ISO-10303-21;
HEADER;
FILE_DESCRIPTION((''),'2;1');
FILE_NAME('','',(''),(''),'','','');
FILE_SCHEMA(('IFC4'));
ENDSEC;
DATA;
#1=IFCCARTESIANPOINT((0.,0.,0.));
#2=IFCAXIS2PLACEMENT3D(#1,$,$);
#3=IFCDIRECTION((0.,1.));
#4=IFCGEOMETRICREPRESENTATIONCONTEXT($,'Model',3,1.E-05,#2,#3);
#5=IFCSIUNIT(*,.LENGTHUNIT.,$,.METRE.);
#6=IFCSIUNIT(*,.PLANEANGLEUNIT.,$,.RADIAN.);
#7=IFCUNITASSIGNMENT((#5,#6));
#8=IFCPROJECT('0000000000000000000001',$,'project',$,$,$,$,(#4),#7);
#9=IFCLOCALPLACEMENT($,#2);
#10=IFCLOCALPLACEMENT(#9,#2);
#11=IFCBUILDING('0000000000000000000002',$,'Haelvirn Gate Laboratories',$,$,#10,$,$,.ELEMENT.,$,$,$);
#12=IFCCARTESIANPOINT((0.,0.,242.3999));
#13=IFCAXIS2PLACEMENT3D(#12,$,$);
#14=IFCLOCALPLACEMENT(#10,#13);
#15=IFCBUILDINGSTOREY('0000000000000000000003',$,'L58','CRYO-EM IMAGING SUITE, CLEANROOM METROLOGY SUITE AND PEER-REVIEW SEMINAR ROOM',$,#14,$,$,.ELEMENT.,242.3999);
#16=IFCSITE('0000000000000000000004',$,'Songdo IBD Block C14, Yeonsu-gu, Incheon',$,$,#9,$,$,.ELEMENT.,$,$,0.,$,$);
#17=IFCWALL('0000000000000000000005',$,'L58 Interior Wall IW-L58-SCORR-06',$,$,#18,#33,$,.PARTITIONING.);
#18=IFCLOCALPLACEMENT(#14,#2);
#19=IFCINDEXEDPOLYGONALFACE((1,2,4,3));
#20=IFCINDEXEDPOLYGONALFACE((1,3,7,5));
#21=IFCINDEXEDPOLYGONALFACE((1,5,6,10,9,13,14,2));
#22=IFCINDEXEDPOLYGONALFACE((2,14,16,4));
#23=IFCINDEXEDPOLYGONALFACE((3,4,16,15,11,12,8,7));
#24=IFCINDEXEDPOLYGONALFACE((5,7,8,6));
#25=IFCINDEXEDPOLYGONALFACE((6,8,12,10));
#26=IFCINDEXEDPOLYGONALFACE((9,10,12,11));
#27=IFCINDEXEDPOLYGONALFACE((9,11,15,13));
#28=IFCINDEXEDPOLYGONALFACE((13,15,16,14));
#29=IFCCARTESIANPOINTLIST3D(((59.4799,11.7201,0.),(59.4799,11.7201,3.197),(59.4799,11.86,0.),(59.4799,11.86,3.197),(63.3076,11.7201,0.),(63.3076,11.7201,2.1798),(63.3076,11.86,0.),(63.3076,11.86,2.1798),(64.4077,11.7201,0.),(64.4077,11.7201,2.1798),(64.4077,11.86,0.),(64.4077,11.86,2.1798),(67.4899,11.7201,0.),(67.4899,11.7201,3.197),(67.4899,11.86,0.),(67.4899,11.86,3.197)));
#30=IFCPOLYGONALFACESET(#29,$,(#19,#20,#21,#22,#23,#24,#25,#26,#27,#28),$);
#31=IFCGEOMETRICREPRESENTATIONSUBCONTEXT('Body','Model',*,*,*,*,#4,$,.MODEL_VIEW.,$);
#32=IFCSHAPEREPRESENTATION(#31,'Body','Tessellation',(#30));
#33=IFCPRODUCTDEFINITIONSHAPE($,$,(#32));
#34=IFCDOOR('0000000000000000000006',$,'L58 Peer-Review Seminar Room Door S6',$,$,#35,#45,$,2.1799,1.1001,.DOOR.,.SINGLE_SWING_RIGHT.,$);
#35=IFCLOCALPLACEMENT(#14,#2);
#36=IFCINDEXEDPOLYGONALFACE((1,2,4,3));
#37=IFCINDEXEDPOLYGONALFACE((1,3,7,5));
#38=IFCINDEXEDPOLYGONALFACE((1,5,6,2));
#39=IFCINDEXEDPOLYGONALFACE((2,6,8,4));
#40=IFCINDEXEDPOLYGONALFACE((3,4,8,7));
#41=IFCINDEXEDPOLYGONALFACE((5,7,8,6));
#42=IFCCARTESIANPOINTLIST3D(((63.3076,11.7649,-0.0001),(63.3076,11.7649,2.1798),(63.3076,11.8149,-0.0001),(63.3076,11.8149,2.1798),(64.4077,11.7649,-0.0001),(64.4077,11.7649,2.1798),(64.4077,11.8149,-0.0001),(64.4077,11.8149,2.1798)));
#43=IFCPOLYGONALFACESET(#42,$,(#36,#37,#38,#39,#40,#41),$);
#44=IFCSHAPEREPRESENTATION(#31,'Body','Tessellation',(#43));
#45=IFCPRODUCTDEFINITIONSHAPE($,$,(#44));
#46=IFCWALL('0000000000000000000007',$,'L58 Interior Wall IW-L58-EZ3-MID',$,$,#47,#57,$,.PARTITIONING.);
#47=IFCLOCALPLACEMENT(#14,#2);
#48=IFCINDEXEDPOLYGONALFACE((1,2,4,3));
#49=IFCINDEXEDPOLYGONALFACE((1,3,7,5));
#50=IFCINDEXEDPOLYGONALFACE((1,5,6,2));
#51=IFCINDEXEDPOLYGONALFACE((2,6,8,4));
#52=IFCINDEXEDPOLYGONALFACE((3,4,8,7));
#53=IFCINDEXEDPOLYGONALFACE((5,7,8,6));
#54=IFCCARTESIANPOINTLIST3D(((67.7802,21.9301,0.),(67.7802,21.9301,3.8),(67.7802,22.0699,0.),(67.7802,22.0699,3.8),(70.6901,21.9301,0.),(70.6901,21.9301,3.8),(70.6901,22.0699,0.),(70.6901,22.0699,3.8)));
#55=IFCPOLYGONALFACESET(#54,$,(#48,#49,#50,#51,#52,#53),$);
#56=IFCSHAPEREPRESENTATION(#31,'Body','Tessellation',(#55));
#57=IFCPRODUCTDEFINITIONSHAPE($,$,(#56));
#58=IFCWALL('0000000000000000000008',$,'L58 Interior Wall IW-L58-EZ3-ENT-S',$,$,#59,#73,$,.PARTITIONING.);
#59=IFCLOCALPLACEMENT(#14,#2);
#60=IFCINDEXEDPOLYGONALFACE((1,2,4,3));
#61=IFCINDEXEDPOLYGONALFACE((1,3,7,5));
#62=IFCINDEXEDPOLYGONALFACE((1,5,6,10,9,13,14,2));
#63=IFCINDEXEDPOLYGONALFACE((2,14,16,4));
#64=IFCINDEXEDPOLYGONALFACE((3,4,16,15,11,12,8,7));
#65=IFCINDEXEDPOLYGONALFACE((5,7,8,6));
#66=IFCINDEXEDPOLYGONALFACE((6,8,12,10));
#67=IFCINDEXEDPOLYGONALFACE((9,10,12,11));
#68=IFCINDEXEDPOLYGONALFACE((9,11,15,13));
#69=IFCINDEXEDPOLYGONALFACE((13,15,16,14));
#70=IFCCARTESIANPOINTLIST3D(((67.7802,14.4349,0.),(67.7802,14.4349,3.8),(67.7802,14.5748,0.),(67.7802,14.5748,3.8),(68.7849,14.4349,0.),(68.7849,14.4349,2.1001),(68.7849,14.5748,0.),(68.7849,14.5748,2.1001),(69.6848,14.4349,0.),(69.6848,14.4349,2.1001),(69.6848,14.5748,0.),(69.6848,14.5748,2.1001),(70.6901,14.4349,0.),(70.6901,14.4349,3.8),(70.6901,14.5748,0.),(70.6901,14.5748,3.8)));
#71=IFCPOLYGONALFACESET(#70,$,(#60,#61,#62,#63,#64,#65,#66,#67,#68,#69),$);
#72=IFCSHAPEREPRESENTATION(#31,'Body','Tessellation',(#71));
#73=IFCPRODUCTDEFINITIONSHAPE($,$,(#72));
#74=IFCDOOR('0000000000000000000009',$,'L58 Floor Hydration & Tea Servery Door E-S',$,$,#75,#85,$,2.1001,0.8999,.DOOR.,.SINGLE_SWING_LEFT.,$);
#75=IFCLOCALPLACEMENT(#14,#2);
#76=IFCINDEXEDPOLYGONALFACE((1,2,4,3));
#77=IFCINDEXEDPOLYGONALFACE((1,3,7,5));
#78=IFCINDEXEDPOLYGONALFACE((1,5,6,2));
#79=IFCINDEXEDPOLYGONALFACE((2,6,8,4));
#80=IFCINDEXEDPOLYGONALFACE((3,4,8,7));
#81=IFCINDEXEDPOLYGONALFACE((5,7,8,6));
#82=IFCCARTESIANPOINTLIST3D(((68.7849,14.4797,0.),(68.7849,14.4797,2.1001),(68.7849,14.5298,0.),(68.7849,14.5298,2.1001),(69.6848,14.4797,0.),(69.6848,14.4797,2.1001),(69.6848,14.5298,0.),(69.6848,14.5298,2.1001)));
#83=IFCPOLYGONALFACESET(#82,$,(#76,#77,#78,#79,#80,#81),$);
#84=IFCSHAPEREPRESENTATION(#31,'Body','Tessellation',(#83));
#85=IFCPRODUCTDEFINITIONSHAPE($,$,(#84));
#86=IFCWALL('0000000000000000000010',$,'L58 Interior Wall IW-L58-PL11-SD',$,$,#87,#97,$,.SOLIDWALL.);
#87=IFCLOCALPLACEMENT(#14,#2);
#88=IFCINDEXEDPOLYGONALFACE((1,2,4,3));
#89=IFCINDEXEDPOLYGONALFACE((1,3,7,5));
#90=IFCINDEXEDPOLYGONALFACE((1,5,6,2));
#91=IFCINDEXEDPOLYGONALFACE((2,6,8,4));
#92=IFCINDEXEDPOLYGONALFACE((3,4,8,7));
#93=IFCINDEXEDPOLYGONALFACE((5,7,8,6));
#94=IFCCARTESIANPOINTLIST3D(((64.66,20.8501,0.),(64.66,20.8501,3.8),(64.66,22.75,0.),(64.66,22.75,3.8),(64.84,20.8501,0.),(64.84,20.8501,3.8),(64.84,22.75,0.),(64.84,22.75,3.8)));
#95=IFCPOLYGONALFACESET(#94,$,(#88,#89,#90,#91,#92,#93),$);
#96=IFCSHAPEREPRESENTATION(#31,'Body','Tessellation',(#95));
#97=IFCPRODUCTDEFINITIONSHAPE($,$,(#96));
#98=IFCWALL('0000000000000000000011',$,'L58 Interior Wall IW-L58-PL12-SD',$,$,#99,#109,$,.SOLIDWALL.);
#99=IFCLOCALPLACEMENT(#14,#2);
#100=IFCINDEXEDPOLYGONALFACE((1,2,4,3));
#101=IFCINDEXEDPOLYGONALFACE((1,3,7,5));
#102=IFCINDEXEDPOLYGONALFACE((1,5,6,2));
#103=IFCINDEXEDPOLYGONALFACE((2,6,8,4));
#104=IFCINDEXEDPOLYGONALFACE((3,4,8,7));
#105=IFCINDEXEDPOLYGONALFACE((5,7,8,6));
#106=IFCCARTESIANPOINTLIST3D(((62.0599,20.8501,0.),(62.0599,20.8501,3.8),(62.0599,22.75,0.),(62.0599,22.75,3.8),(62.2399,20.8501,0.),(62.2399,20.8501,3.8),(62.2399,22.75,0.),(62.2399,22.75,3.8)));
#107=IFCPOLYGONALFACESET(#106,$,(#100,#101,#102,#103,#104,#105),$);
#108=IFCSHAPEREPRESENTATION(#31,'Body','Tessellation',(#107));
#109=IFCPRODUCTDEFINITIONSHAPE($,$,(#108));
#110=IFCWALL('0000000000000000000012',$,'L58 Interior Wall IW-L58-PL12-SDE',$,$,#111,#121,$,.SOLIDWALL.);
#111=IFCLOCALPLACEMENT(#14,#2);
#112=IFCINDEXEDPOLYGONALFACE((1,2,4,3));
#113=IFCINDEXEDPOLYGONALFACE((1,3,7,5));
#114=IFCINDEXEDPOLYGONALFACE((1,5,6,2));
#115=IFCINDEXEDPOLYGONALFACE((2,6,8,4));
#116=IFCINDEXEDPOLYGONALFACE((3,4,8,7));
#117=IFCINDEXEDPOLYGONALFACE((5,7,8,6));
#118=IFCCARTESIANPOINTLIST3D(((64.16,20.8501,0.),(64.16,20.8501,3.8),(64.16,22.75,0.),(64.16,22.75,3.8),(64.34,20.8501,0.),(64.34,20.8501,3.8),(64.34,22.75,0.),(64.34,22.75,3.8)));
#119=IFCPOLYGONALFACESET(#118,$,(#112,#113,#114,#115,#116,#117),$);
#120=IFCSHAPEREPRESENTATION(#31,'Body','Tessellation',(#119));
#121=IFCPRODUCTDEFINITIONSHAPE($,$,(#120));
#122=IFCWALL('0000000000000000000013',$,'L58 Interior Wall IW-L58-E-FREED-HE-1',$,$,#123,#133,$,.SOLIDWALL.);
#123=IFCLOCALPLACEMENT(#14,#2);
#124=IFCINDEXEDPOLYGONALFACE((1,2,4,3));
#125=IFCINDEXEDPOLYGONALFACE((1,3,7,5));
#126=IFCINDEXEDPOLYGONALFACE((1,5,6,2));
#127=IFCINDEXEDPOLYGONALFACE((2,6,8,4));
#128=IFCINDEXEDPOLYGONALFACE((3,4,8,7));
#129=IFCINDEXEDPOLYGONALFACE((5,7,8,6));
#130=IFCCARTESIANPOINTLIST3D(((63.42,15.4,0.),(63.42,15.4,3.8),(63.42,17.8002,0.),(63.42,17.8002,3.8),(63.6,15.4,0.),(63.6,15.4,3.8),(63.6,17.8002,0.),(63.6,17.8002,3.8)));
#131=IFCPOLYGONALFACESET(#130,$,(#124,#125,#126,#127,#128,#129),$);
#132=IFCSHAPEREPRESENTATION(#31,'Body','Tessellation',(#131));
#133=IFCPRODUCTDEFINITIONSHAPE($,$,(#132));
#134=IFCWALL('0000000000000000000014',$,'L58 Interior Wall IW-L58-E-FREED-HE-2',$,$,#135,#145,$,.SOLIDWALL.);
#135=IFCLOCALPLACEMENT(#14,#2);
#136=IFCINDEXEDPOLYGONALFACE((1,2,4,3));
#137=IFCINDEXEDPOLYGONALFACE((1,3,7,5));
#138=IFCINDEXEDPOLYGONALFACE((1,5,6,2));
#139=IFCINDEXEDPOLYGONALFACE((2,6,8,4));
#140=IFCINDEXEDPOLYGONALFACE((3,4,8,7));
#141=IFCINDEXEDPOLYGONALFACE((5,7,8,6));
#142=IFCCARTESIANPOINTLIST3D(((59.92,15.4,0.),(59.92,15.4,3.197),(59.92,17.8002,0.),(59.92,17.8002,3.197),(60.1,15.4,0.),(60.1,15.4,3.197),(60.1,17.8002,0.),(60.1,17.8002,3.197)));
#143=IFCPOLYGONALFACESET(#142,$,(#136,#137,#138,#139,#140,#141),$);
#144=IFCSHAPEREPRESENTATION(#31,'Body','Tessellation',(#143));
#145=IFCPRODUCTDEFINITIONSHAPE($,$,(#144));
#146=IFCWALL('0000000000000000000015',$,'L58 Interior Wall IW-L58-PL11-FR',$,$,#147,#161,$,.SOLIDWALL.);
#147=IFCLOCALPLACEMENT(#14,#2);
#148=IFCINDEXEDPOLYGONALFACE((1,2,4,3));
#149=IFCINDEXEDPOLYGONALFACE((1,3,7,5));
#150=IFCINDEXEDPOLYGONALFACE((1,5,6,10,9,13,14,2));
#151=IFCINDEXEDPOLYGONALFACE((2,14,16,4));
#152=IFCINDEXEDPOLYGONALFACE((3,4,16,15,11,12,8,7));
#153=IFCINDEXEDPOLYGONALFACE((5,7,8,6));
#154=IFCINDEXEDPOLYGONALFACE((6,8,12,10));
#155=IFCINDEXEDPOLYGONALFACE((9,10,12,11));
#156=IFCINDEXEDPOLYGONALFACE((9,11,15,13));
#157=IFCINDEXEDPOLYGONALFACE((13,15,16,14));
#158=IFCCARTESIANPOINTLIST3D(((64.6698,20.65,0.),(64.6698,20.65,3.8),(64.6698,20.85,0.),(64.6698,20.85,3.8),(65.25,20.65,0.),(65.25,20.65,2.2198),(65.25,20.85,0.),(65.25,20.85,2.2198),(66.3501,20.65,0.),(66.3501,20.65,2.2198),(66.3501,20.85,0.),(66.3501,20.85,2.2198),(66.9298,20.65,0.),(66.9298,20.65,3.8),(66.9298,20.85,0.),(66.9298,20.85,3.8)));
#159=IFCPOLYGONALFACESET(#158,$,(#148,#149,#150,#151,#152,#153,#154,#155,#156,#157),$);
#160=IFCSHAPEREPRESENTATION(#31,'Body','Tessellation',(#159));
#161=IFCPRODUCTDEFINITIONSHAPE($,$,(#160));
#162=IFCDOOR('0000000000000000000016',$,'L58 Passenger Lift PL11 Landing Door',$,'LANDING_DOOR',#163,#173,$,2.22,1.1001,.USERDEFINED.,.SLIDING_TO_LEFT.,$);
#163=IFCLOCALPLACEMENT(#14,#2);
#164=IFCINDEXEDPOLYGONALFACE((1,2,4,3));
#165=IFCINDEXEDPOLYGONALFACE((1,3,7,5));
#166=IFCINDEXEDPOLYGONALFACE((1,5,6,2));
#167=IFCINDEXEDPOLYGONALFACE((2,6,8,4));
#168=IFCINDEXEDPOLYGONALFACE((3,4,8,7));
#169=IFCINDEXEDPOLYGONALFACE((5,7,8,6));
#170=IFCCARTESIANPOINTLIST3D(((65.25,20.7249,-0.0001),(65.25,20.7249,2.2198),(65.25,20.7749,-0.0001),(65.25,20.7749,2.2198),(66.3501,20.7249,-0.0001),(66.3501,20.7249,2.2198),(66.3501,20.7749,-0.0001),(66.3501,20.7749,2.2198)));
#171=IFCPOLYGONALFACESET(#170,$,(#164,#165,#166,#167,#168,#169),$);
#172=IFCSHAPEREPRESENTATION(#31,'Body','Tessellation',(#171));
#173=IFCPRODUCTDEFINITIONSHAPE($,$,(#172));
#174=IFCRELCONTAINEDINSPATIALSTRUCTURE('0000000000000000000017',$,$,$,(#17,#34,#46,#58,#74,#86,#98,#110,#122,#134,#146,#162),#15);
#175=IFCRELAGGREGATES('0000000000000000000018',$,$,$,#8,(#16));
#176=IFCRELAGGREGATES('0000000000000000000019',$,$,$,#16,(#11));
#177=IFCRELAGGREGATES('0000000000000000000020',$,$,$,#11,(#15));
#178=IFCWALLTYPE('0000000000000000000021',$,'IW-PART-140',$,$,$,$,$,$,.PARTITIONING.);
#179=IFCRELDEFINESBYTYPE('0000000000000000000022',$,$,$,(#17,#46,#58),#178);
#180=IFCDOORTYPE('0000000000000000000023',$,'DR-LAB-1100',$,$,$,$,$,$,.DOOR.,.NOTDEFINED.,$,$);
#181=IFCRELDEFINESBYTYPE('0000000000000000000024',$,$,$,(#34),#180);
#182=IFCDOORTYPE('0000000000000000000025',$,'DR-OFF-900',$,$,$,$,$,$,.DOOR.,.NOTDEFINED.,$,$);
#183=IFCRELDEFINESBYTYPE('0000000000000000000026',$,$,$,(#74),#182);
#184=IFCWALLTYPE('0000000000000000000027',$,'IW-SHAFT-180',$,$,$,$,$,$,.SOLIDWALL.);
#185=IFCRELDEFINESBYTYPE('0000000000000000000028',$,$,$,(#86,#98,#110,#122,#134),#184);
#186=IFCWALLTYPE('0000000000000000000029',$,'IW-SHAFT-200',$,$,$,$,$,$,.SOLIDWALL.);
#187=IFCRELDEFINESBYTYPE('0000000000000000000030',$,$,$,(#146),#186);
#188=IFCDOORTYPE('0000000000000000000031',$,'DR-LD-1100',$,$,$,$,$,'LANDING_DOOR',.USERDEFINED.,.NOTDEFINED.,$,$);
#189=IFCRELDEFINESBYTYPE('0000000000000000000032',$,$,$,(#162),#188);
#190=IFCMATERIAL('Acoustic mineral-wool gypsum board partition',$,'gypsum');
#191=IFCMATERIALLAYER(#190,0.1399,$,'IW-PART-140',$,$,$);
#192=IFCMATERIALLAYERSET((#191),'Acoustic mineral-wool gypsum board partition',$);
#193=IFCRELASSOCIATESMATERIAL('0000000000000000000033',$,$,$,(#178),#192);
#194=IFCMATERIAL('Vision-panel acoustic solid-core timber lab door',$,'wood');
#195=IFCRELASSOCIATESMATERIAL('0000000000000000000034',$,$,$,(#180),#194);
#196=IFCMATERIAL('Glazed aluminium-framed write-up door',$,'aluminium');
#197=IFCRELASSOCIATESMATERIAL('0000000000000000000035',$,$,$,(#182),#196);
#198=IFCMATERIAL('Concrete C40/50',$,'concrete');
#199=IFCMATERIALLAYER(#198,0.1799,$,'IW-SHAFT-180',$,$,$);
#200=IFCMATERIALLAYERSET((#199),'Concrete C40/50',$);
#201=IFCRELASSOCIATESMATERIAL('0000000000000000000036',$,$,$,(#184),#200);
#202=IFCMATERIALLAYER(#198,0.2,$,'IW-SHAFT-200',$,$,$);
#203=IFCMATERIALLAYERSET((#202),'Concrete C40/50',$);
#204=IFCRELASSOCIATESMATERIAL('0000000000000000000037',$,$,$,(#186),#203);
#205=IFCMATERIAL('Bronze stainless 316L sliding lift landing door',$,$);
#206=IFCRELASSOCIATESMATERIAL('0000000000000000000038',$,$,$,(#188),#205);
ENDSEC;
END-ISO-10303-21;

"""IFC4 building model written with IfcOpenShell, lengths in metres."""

from ifc_helpers import new_model, si_unit, direction, frame, frame_2d, origin, place, context, subcontext, project, spatial, rectangle, extrude, source, transform, mapped, material, layer, layer_set, type_object, type_shapes, element, fill, save


model = new_model("IFC4")

# Units and contexts
model_context = context("Model", 3, precision=1e-05, world=origin(), true_north=direction((0.0, 1.0)))
body_context = subcontext(model_context, "Body", "Model", "MODEL_VIEW")
ifc_project = project(units=[si_unit("LENGTHUNIT", "METRE"), si_unit("PLANEANGLEUNIT", "RADIAN")], contexts=[model_context])

# Site, building, storey
site_placement = place(None, origin())
site = spatial("IfcSite", under=ifc_project, at=site_placement, Name="Songdo IBD Block C14, Yeonsu-gu, Incheon", CompositionType="ELEMENT", RefElevation=0.0)
building_placement = place(site_placement, origin())
building = spatial("IfcBuilding", under=site, at=building_placement, Name="Haelvirn Gate Laboratories", CompositionType="ELEMENT")
storey_placement = place(building_placement, frame((0.0, 0.0, 242.3999)))
storey = spatial("IfcBuildingStorey", under=building, at=storey_placement, Name="L58", Description="CRYO-EM IMAGING SUITE, CLEANROOM METROLOGY SUITE AND PEER-REVIEW SEMINAR ROOM", CompositionType="ELEMENT", Elevation=242.3999)

# Wall, opening, door
ifc_material_1 = material(Name="Acoustic mineral-wool gypsum board partition", Category="gypsum")
ifc_layer_1 = layer(ifc_material_1, 0.1399, Name="IW-PART-140")
ifc_layer_set_1 = layer_set([ifc_layer_1], Name="Acoustic mineral-wool gypsum board partition")
wall_type_1 = type_object("IfcWallType", Name="IW-PART-140", PredefinedType="PARTITIONING", material=ifc_layer_set_1)
wall_1_placement = place(storey_placement, frame((59.48, 11.79, 0.0), z_axis=(0.0, 0.0, 1.0), x_axis=(1.0, 0.0, 0.0)))
wall_1 = element("IfcWall", 1, at=wall_1_placement, inside=storey, type_object=wall_type_1, Name="L58 Interior Wall IW-L58-SCORR-06", PredefinedType="PARTITIONING", context=body_context, shape_type="SweptSolid", body=[
    extrude(rectangle(XDim=8.01, YDim=0.1399, at=frame_2d((4.0049, 0.0))), origin(), (0.0, 0.0, 1.0), 3.197),
])
opening_1_placement = place(wall_1_placement, frame((3.8276, 0.0, 0.0)))
opening_1 = element("IfcOpeningElement", 2, at=opening_1_placement, cuts=wall_1, PredefinedType="OPENING", context=body_context, shape_type="SweptSolid", body=[
    extrude(rectangle(XDim=1.1001, YDim=2.1799, at=frame_2d((0.55, 1.0898))), frame((0.0, 0.0801, 0.0), z_axis=(0.0, -1.0, 0.0), x_axis=(1.0, 0.0, 0.0)), (0.0, 0.0, 1.0), 0.1599),
])
ifc_material_2 = material(Name="Vision-panel acoustic solid-core timber lab door", Category="wood")
door_type_1 = type_object("IfcDoorType", Name="DR-LAB-1100", OperationType="NOTDEFINED", PredefinedType="DOOR", material=ifc_material_2)
shared_shape_1 = source(origin(), body_context, "Body", "SweptSolid", [
    extrude(rectangle(XDim=1.1001, YDim=2.1799, at=frame_2d((0.55, 1.0898))), frame((0.0, 0.0249, 0.0), z_axis=(0.0, -1.0, 0.0), x_axis=(1.0, 0.0, 0.0)), (0.0, 0.0, 1.0), 0.05),
])
type_shapes(door_type_1, [shared_shape_1])
door_1_placement = place(opening_1_placement, origin())
door_1 = element("IfcDoor", 3, at=door_1_placement, inside=storey, type_object=door_type_1, Name="L58 Peer-Review Seminar Room Door S6", OperationType="SINGLE_SWING_RIGHT", OverallHeight=2.1799, OverallWidth=1.1001, PredefinedType="DOOR", context=body_context, shape_type="MappedRepresentation", body=[
    mapped(shared_shape_1, transform((0.0, 0.0, 0.0), scale=1.0)),
])
fill(opening_1, door_1)

# Wall
wall_2_placement = place(storey_placement, frame((67.78, 22.0, 0.0), z_axis=(0.0, 0.0, 1.0), x_axis=(1.0, 0.0, 0.0)))
element("IfcWall", 4, at=wall_2_placement, inside=storey, type_object=wall_type_1, Name="L58 Interior Wall IW-L58-EZ3-MID", PredefinedType="PARTITIONING", context=body_context, shape_type="SweptSolid", body=[
    extrude(rectangle(XDim=2.9099, YDim=0.1399, at=frame_2d((1.4551, 0.0))), origin(), (0.0, 0.0, 1.0), 3.8),
])

# Wall, opening, door
wall_3_placement = place(storey_placement, frame((67.78, 14.5049, 0.0), z_axis=(0.0, 0.0, 1.0), x_axis=(1.0, 0.0, 0.0)))
wall_3 = element("IfcWall", 5, at=wall_3_placement, inside=storey, type_object=wall_type_1, Name="L58 Interior Wall IW-L58-EZ3-ENT-S", PredefinedType="PARTITIONING", context=body_context, shape_type="SweptSolid", body=[
    extrude(rectangle(XDim=2.9099, YDim=0.1399, at=frame_2d((1.4551, 0.0))), origin(), (0.0, 0.0, 1.0), 3.8),
])
opening_2_placement = place(wall_3_placement, frame((1.0049, 0.0, 0.0)))
opening_2 = element("IfcOpeningElement", 6, at=opening_2_placement, cuts=wall_3, PredefinedType="OPENING", context=body_context, shape_type="SweptSolid", body=[
    extrude(rectangle(XDim=0.8999, YDim=2.1001, at=frame_2d((0.45, 1.05))), frame((0.0, 0.0801, 0.0), z_axis=(0.0, -1.0, 0.0), x_axis=(1.0, 0.0, 0.0)), (0.0, 0.0, 1.0), 0.1599),
])
ifc_material_3 = material(Name="Glazed aluminium-framed write-up door", Category="aluminium")
door_type_2 = type_object("IfcDoorType", Name="DR-OFF-900", OperationType="NOTDEFINED", PredefinedType="DOOR", material=ifc_material_3)
shared_shape_2 = source(origin(), body_context, "Body", "SweptSolid", [
    extrude(rectangle(XDim=0.8999, YDim=2.1001, at=frame_2d((0.45, 1.05))), frame((0.0, 0.0249, 0.0), z_axis=(0.0, -1.0, 0.0), x_axis=(1.0, 0.0, 0.0)), (0.0, 0.0, 1.0), 0.05),
])
type_shapes(door_type_2, [shared_shape_2])
door_2_placement = place(opening_2_placement, origin())
door_2 = element("IfcDoor", 7, at=door_2_placement, inside=storey, type_object=door_type_2, Name="L58 Floor Hydration & Tea Servery Door E-S", OperationType="SINGLE_SWING_LEFT", OverallHeight=2.1001, OverallWidth=0.8999, PredefinedType="DOOR", context=body_context, shape_type="MappedRepresentation", body=[
    mapped(shared_shape_2, transform((0.0, 0.0, 0.0), scale=1.0)),
])
fill(opening_2, door_2)

# Walls
ifc_material_4 = material(Name="Concrete C40/50", Category="concrete")
ifc_layer_2 = layer(ifc_material_4, 0.1799, Name="IW-SHAFT-180")
ifc_layer_set_2 = layer_set([ifc_layer_2], Name="Concrete C40/50")
wall_type_2 = type_object("IfcWallType", Name="IW-SHAFT-180", PredefinedType="SOLIDWALL", material=ifc_layer_set_2)
for number, where, z_axis, x_axis, name in (
    (8, (64.75, 20.8501, 0.0), (0.0, 0.0, 1.0), (0.0, 1.0, 0.0), "L58 Interior Wall IW-L58-PL11-SD"),
    (9, (62.1499, 20.8501, 0.0), (0.0, 0.0, 1.0), (0.0, 1.0, 0.0), "L58 Interior Wall IW-L58-PL12-SD"),
    (10, (64.25, 20.8501, 0.0), (0.0, 0.0, 1.0), (0.0, 1.0, 0.0), "L58 Interior Wall IW-L58-PL12-SDE"),
):
    element("IfcWall", number, at=place(storey_placement, frame(where, z_axis=z_axis, x_axis=x_axis)), inside=storey, type_object=wall_type_2, Name=name, PredefinedType="SOLIDWALL", context=body_context, shape_type="SweptSolid", body=[
        extrude(rectangle(XDim=1.8999, YDim=0.1799, at=frame_2d((0.95, 0.0))), origin(), (0.0, 0.0, 1.0), 3.8),
    ])

# Wall
wall_4_placement = place(storey_placement, frame((63.51, 15.3999, 0.0), z_axis=(0.0, 0.0, 1.0), x_axis=(0.0, 1.0, 0.0)))
element("IfcWall", 11, at=wall_4_placement, inside=storey, type_object=wall_type_2, Name="L58 Interior Wall IW-L58-E-FREED-HE-1", PredefinedType="SOLIDWALL", context=body_context, shape_type="SweptSolid", body=[
    extrude(rectangle(XDim=2.4001, YDim=0.1799, at=frame_2d((1.2002, 0.0))), origin(), (0.0, 0.0, 1.0), 3.8),
])

# Wall
wall_5_placement = place(storey_placement, frame((60.01, 15.3999, 0.0), z_axis=(0.0, 0.0, 1.0), x_axis=(0.0, 1.0, 0.0)))
element("IfcWall", 12, at=wall_5_placement, inside=storey, type_object=wall_type_2, Name="L58 Interior Wall IW-L58-E-FREED-HE-2", PredefinedType="SOLIDWALL", context=body_context, shape_type="SweptSolid", body=[
    extrude(rectangle(XDim=2.4001, YDim=0.1799, at=frame_2d((1.2002, 0.0))), origin(), (0.0, 0.0, 1.0), 3.197),
])

# Wall, opening, door
ifc_layer_3 = layer(ifc_material_4, 0.2, Name="IW-SHAFT-200")
ifc_layer_set_3 = layer_set([ifc_layer_3], Name="Concrete C40/50")
wall_type_3 = type_object("IfcWallType", Name="IW-SHAFT-200", PredefinedType="SOLIDWALL", material=ifc_layer_set_3)
wall_6_placement = place(storey_placement, frame((64.6699, 20.75, 0.0), z_axis=(0.0, 0.0, 1.0), x_axis=(1.0, 0.0, 0.0)))
wall_6 = element("IfcWall", 13, at=wall_6_placement, inside=storey, type_object=wall_type_3, Name="L58 Interior Wall IW-L58-PL11-FR", PredefinedType="SOLIDWALL", context=body_context, shape_type="SweptSolid", body=[
    extrude(rectangle(XDim=2.26, YDim=0.2, at=frame_2d((1.1299, 0.0))), origin(), (0.0, 0.0, 1.0), 3.8),
])
opening_3_placement = place(wall_6_placement, frame((0.5801, 0.0, 0.0)))
opening_3 = element("IfcOpeningElement", 14, at=opening_3_placement, cuts=wall_6, PredefinedType="OPENING", context=body_context, shape_type="SweptSolid", body=[
    extrude(rectangle(XDim=1.1001, YDim=2.22, at=frame_2d((0.55, 1.1099))), frame((0.0, 0.1099, 0.0), z_axis=(0.0, -1.0, 0.0), x_axis=(1.0, 0.0, 0.0)), (0.0, 0.0, 1.0), 0.22),
])
ifc_material_5 = material(Name="Bronze stainless 316L sliding lift landing door")
door_type_3 = type_object("IfcDoorType", Name="DR-LD-1100", ElementType="LANDING_DOOR", OperationType="NOTDEFINED", PredefinedType="USERDEFINED", material=ifc_material_5)
shared_shape_3 = source(origin(), body_context, "Body", "SweptSolid", [
    extrude(rectangle(XDim=1.1001, YDim=2.22, at=frame_2d((0.55, 1.1099))), frame((0.0, 0.0249, 0.0), z_axis=(0.0, -1.0, 0.0), x_axis=(1.0, 0.0, 0.0)), (0.0, 0.0, 1.0), 0.05),
])
type_shapes(door_type_3, [shared_shape_3])
door_3_placement = place(opening_3_placement, origin())
door_3 = element("IfcDoor", 15, at=door_3_placement, inside=storey, type_object=door_type_3, Name="L58 Passenger Lift PL11 Landing Door", ObjectType="LANDING_DOOR", OperationType="SLIDING_TO_LEFT", OverallHeight=2.22, OverallWidth=1.1001, PredefinedType="USERDEFINED", context=body_context, shape_type="MappedRepresentation", body=[
    mapped(shared_shape_3, transform((0.0, 0.0, 0.0), scale=1.0)),
])
fill(opening_3, door_3)

save(model, "model.ifc")
